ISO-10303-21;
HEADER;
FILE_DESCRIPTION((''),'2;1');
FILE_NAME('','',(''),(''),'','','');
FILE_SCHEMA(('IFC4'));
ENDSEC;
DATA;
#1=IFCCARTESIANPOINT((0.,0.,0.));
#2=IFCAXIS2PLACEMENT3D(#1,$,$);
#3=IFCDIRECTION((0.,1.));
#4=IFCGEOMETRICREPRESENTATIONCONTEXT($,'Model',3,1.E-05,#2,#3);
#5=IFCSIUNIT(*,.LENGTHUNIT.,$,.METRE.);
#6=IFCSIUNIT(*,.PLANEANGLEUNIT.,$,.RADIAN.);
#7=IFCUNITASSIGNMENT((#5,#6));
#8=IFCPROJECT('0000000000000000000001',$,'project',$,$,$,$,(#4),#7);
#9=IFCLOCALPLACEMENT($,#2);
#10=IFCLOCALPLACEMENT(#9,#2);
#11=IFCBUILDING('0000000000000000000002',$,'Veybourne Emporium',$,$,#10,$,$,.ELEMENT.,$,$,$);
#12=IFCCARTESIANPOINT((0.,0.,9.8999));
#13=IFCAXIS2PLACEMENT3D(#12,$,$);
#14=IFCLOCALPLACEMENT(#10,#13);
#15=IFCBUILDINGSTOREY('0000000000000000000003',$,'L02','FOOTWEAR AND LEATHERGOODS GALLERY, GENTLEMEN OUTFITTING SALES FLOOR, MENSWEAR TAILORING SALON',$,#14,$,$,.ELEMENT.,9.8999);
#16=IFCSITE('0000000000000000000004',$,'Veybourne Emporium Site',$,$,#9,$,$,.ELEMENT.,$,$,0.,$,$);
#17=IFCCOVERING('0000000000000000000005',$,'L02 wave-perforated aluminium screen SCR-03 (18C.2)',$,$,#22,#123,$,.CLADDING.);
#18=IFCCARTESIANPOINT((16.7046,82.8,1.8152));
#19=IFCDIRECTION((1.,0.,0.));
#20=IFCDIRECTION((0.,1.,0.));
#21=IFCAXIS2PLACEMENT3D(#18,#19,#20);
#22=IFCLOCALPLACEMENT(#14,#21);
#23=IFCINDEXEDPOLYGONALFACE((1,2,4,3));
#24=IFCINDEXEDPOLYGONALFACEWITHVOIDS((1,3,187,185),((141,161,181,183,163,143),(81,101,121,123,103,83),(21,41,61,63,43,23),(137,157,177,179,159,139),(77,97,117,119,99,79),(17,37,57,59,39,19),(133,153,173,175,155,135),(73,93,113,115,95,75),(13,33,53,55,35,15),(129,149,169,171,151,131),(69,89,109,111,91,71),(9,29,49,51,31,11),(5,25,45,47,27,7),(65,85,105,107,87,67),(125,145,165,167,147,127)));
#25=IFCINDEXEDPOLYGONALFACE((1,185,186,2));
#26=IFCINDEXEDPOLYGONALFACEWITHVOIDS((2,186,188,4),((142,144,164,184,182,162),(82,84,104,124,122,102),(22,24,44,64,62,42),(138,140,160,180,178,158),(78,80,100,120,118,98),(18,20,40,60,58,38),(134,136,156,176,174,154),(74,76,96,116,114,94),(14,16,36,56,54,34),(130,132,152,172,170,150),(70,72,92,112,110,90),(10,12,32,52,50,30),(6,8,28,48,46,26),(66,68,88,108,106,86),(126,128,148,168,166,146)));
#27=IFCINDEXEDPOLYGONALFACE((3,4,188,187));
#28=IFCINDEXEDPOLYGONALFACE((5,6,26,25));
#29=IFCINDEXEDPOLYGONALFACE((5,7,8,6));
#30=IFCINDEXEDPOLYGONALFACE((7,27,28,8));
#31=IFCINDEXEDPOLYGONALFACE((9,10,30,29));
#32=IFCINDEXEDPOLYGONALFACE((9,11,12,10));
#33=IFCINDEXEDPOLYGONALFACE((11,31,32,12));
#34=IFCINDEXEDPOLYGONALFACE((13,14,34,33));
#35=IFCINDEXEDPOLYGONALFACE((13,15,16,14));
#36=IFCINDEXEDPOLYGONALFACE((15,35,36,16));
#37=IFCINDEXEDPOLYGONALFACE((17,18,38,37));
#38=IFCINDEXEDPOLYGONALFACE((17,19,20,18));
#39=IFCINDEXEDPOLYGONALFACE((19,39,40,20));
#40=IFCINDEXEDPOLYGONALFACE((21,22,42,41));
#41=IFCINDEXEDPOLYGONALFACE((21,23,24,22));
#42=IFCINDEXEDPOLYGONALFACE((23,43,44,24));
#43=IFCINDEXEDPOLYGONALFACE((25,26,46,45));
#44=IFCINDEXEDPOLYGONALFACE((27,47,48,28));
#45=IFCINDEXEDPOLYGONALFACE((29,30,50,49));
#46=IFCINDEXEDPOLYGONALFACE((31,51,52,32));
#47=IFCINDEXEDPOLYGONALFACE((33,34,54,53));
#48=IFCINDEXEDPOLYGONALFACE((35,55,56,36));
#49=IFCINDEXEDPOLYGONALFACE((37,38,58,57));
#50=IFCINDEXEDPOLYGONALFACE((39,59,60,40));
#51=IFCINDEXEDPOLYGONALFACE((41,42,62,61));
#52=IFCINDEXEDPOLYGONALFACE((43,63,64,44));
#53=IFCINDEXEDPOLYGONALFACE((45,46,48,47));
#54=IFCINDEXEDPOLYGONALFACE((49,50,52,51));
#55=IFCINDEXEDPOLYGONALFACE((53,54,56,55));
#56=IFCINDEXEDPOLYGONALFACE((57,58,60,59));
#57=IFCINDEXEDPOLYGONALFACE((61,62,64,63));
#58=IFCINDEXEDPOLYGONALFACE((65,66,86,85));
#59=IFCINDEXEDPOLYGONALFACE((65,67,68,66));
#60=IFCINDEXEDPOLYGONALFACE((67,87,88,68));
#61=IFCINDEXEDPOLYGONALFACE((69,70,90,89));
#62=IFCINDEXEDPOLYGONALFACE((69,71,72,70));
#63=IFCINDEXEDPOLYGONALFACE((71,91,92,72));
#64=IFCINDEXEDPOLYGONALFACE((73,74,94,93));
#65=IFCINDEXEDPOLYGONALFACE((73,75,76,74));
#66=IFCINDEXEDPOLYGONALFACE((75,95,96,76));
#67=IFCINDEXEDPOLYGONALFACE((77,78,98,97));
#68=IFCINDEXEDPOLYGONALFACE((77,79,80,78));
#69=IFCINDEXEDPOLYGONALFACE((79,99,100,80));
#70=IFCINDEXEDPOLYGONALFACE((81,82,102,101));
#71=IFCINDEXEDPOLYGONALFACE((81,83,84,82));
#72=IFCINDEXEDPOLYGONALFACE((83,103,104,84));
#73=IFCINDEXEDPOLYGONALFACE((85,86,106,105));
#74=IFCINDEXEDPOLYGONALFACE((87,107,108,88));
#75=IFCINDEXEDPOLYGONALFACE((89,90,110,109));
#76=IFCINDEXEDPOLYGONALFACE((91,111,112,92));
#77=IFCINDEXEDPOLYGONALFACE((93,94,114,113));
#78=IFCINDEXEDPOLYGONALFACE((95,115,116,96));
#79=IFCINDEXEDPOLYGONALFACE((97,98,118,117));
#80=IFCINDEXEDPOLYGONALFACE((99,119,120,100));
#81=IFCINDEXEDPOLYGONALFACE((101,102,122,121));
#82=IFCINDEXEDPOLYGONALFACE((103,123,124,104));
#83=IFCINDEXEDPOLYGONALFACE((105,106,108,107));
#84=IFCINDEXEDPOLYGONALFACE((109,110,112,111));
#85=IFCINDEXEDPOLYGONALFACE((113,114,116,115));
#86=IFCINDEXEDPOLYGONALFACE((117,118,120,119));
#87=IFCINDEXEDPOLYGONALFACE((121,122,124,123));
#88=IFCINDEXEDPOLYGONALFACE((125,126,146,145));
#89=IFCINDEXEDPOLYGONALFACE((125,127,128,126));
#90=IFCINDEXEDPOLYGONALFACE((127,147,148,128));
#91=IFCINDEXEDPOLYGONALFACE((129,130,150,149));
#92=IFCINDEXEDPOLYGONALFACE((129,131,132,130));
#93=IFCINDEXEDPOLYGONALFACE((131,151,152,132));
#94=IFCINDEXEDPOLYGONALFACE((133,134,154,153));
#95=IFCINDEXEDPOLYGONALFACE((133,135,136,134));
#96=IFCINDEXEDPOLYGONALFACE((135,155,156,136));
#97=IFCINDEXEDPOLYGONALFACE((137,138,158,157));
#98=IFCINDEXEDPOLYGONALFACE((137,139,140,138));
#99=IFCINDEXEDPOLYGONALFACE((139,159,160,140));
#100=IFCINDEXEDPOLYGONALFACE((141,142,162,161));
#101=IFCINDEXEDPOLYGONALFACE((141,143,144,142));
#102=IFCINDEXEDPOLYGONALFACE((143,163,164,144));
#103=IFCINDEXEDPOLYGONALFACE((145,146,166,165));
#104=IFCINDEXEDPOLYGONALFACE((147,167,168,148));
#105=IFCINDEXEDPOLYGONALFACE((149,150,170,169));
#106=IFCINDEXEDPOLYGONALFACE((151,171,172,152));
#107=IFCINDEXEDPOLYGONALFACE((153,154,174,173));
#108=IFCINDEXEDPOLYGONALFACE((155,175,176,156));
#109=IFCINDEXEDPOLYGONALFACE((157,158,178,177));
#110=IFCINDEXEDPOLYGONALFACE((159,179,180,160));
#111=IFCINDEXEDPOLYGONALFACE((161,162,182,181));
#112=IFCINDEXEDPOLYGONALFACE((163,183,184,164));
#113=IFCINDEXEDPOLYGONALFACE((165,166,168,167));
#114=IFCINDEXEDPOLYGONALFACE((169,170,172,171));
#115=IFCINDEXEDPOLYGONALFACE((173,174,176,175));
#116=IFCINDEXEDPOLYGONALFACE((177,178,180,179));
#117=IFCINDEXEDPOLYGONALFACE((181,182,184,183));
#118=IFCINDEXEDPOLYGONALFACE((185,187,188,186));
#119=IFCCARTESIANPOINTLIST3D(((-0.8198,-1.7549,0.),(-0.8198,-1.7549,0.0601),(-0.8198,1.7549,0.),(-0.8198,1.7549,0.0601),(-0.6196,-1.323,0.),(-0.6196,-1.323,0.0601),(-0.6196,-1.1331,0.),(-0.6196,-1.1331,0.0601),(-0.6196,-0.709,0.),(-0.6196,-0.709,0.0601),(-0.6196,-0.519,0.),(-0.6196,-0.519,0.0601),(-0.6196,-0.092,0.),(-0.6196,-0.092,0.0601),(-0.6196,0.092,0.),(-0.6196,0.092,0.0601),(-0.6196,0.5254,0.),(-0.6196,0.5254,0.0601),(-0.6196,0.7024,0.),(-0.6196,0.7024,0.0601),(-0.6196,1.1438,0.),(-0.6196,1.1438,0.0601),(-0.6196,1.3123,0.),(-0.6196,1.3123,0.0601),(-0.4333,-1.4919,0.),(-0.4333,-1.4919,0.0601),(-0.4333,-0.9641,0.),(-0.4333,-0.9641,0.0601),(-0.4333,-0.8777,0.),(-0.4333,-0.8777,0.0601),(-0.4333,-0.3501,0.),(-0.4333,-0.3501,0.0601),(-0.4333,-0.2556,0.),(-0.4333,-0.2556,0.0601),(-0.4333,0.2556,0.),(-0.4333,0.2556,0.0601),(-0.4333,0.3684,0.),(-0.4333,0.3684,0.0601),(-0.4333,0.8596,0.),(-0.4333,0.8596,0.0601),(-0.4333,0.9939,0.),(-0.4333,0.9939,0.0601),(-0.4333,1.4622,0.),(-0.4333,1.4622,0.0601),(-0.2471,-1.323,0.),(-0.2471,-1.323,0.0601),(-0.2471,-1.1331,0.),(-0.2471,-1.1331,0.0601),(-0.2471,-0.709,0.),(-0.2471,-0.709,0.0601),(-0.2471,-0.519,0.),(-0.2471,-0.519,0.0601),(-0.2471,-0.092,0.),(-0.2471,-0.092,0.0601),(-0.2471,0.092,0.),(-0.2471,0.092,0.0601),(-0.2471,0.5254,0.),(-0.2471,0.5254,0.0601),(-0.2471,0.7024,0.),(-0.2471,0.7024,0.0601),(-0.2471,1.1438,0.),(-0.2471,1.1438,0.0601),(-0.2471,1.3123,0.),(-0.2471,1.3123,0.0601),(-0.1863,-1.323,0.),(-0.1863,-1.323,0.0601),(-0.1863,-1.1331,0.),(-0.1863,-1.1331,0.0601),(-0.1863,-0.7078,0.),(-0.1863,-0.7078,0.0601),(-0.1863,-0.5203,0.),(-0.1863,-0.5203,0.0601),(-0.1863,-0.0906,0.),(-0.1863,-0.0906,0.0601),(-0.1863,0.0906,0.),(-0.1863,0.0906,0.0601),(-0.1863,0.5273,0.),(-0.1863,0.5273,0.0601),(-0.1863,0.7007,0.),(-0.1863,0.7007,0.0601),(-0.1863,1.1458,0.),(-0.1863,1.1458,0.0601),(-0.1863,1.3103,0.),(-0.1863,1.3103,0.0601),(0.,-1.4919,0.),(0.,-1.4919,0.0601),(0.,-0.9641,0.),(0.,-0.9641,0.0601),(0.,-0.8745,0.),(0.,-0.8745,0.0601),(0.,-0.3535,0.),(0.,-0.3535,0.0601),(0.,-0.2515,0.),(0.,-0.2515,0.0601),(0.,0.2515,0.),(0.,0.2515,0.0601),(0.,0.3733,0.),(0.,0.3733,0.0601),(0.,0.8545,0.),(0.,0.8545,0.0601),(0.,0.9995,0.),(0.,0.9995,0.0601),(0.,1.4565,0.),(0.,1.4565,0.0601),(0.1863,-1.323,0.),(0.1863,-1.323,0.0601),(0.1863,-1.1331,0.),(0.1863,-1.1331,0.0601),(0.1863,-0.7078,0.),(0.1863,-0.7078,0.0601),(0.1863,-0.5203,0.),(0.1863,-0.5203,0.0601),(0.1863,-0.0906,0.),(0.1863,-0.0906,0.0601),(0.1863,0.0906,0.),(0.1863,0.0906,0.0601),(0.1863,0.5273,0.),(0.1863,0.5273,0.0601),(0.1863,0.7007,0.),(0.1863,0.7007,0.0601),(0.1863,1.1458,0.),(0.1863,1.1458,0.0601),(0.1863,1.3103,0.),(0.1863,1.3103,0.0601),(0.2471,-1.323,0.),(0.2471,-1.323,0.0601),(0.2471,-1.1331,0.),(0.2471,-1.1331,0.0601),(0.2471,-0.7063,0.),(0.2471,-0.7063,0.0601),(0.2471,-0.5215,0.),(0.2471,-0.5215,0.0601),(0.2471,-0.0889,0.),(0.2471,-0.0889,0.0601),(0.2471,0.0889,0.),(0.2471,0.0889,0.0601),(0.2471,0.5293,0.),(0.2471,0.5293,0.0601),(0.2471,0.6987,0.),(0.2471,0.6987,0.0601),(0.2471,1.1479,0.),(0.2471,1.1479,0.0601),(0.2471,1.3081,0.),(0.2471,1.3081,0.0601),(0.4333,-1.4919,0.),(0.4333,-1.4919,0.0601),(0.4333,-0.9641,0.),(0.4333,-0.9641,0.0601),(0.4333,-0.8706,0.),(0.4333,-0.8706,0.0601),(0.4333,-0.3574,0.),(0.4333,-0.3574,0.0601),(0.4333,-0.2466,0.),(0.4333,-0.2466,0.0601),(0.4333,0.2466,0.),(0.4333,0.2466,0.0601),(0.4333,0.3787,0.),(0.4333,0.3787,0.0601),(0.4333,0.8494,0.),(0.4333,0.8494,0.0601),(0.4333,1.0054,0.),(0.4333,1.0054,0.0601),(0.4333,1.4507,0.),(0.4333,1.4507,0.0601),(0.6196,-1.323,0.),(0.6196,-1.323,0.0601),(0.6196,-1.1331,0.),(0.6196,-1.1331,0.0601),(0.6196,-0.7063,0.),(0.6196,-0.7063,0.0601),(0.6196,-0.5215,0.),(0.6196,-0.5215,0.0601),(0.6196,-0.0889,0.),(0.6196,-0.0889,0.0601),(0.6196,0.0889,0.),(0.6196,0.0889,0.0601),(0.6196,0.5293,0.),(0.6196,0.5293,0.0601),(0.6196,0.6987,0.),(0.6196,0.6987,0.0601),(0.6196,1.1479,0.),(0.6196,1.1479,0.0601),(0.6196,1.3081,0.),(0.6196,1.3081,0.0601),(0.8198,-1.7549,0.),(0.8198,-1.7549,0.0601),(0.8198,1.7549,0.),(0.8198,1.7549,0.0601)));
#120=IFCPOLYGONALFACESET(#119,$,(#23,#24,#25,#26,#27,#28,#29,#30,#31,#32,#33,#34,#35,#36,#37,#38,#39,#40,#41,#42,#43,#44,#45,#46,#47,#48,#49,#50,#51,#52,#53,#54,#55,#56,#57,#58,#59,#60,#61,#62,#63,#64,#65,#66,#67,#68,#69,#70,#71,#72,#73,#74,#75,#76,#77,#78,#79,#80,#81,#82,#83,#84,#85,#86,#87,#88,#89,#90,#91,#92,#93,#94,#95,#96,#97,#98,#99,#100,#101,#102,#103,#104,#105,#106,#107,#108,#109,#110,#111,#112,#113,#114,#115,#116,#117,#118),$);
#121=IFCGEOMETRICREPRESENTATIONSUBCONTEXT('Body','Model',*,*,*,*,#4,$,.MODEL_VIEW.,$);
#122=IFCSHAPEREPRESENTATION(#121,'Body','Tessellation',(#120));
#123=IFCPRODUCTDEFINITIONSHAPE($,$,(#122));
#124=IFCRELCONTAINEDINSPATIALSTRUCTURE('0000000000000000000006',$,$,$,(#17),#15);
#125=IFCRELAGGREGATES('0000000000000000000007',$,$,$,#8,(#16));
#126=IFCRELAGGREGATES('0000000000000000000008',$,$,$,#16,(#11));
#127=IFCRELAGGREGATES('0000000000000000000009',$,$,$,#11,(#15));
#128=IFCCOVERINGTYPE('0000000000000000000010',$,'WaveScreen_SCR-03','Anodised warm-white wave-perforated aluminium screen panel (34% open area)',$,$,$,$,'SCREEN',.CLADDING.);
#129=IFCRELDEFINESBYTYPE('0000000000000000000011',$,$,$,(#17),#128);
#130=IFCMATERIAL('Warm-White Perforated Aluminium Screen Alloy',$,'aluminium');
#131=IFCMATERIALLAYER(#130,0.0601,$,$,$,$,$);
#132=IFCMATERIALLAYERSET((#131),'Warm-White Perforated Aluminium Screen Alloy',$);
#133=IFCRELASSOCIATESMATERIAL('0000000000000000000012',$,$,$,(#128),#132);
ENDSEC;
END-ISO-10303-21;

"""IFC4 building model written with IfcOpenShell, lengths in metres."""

from ifc_helpers import new_model, si_unit, direction, frame, origin, place, context, subcontext, project, spatial, polyline, outline, extrude, material, layer, layer_set, type_object, element, save


model = new_model("IFC4")

# Units and contexts
model_context = context("Model", 3, precision=1e-05, world=origin(), true_north=direction((0.0, 1.0)))
body_context = subcontext(model_context, "Body", "Model", "MODEL_VIEW")
ifc_project = project(units=[si_unit("LENGTHUNIT", "METRE"), si_unit("PLANEANGLEUNIT", "RADIAN")], contexts=[model_context])

# Site, building, storey
site_placement = place(None, origin())
site = spatial("IfcSite", under=ifc_project, at=site_placement, Name="Veybourne Emporium Site", CompositionType="ELEMENT", RefElevation=0.0)
building_placement = place(site_placement, origin())
building = spatial("IfcBuilding", under=site, at=building_placement, Name="Veybourne Emporium", CompositionType="ELEMENT")
storey_placement = place(building_placement, frame((0.0, 0.0, 9.8999)))
storey = spatial("IfcBuildingStorey", under=building, at=storey_placement, Name="L02", Description="FOOTWEAR AND LEATHERGOODS GALLERY, GENTLEMEN OUTFITTING SALES FLOOR, MENSWEAR TAILORING SALON", CompositionType="ELEMENT", Elevation=9.8999)

# Covering
ifc_material_1 = material(Name="Warm-White Perforated Aluminium Screen Alloy", Category="aluminium")
ifc_layer_1 = layer(ifc_material_1, 0.0601)
ifc_layer_set_1 = layer_set([ifc_layer_1], Name="Warm-White Perforated Aluminium Screen Alloy")
covering_type_1 = type_object("IfcCoveringType", Name="WaveScreen_SCR-03", Description="Anodised warm-white wave-perforated aluminium screen panel (34% open area)", ElementType="SCREEN", PredefinedType="CLADDING", material=ifc_layer_set_1)
covering_1_placement = place(storey_placement, frame((16.7046, 82.8, 1.8152), z_axis=(1.0, 0.0, 0.0), x_axis=(0.0, 1.0, 0.0)))
element("IfcCovering", 1, at=covering_1_placement, inside=storey, type_object=covering_type_1, Name="L02 wave-perforated aluminium screen SCR-03 (18C.2)", PredefinedType="CLADDING", context=body_context, shape_type="SweptSolid", body=[
    extrude(outline(polyline([(-0.8198, -1.7549), (0.8198, -1.7549), (0.8198, 1.7549), (-0.8198, 1.7549), (-0.8198, -1.7549)]), holes=[polyline([(-0.4333, -0.9641), (-0.2471, -1.1331), (-0.2471, -1.323), (-0.4333, -1.4919), (-0.6196, -1.323), (-0.6196, -1.1331), (-0.4333, -0.9641)]), polyline([(-0.4333, -0.3501), (-0.2471, -0.519), (-0.2471, -0.709), (-0.4333, -0.8777), (-0.6196, -0.709), (-0.6196, -0.519), (-0.4333, -0.3501)]), polyline([(-0.4333, 0.2556), (-0.2471, 0.092), (-0.2471, -0.092), (-0.4333, -0.2556), (-0.6196, -0.092), (-0.6196, 0.092), (-0.4333, 0.2556)]), polyline([(-0.4333, 0.8596), (-0.2471, 0.7024), (-0.2471, 0.5254), (-0.4333, 0.3684), (-0.6196, 0.5254), (-0.6196, 0.7024), (-0.4333, 0.8596)]), polyline([(-0.4333, 1.4622), (-0.2471, 1.3123), (-0.2471, 1.1438), (-0.4333, 0.9939), (-0.6196, 1.1438), (-0.6196, 1.3123), (-0.4333, 1.4622)]), polyline([(0.0, -0.9641), (0.1863, -1.1331), (0.1863, -1.323), (0.0, -1.4919), (-0.1863, -1.323), (-0.1863, -1.1331), (0.0, -0.9641)]), polyline([(0.0, -0.3535), (0.1863, -0.5203), (0.1863, -0.7078), (0.0, -0.8745), (-0.1863, -0.7078), (-0.1863, -0.5203), (0.0, -0.3535)]), polyline([(0.0, 0.2515), (0.1863, 0.0906), (0.1863, -0.0906), (0.0, -0.2515), (-0.1863, -0.0906), (-0.1863, 0.0906), (0.0, 0.2515)]), polyline([(0.0, 0.8545), (0.1863, 0.7007), (0.1863, 0.5273), (0.0, 0.3733), (-0.1863, 0.5273), (-0.1863, 0.7007), (0.0, 0.8545)]), polyline([(0.0, 1.4565), (0.1863, 1.3103), (0.1863, 1.1458), (0.0, 0.9995), (-0.1863, 1.1458), (-0.1863, 1.3103), (0.0, 1.4565)]), polyline([(0.4333, -0.9641), (0.6196, -1.1331), (0.6196, -1.323), (0.4333, -1.4919), (0.2471, -1.323), (0.2471, -1.1331), (0.4333, -0.9641)]), polyline([(0.4333, -0.3574), (0.6196, -0.5215), (0.6196, -0.7063), (0.4333, -0.8706), (0.2471, -0.7063), (0.2471, -0.5215), (0.4333, -0.3574)]), polyline([(0.4333, 0.2466), (0.6196, 0.0889), (0.6196, -0.0889), (0.4333, -0.2466), (0.2471, -0.0889), (0.2471, 0.0889), (0.4333, 0.2466)]), polyline([(0.4333, 0.8494), (0.6196, 0.6987), (0.6196, 0.5293), (0.4333, 0.3787), (0.2471, 0.5293), (0.2471, 0.6987), (0.4333, 0.8494)]), polyline([(0.4333, 1.4507), (0.6196, 1.3081), (0.6196, 1.1479), (0.4333, 1.0054), (0.2471, 1.1479), (0.2471, 1.3081), (0.4333, 1.4507)])]), origin(), (0.0, 0.0, 1.0), 0.0601),
])

save(model, "model.ifc")
